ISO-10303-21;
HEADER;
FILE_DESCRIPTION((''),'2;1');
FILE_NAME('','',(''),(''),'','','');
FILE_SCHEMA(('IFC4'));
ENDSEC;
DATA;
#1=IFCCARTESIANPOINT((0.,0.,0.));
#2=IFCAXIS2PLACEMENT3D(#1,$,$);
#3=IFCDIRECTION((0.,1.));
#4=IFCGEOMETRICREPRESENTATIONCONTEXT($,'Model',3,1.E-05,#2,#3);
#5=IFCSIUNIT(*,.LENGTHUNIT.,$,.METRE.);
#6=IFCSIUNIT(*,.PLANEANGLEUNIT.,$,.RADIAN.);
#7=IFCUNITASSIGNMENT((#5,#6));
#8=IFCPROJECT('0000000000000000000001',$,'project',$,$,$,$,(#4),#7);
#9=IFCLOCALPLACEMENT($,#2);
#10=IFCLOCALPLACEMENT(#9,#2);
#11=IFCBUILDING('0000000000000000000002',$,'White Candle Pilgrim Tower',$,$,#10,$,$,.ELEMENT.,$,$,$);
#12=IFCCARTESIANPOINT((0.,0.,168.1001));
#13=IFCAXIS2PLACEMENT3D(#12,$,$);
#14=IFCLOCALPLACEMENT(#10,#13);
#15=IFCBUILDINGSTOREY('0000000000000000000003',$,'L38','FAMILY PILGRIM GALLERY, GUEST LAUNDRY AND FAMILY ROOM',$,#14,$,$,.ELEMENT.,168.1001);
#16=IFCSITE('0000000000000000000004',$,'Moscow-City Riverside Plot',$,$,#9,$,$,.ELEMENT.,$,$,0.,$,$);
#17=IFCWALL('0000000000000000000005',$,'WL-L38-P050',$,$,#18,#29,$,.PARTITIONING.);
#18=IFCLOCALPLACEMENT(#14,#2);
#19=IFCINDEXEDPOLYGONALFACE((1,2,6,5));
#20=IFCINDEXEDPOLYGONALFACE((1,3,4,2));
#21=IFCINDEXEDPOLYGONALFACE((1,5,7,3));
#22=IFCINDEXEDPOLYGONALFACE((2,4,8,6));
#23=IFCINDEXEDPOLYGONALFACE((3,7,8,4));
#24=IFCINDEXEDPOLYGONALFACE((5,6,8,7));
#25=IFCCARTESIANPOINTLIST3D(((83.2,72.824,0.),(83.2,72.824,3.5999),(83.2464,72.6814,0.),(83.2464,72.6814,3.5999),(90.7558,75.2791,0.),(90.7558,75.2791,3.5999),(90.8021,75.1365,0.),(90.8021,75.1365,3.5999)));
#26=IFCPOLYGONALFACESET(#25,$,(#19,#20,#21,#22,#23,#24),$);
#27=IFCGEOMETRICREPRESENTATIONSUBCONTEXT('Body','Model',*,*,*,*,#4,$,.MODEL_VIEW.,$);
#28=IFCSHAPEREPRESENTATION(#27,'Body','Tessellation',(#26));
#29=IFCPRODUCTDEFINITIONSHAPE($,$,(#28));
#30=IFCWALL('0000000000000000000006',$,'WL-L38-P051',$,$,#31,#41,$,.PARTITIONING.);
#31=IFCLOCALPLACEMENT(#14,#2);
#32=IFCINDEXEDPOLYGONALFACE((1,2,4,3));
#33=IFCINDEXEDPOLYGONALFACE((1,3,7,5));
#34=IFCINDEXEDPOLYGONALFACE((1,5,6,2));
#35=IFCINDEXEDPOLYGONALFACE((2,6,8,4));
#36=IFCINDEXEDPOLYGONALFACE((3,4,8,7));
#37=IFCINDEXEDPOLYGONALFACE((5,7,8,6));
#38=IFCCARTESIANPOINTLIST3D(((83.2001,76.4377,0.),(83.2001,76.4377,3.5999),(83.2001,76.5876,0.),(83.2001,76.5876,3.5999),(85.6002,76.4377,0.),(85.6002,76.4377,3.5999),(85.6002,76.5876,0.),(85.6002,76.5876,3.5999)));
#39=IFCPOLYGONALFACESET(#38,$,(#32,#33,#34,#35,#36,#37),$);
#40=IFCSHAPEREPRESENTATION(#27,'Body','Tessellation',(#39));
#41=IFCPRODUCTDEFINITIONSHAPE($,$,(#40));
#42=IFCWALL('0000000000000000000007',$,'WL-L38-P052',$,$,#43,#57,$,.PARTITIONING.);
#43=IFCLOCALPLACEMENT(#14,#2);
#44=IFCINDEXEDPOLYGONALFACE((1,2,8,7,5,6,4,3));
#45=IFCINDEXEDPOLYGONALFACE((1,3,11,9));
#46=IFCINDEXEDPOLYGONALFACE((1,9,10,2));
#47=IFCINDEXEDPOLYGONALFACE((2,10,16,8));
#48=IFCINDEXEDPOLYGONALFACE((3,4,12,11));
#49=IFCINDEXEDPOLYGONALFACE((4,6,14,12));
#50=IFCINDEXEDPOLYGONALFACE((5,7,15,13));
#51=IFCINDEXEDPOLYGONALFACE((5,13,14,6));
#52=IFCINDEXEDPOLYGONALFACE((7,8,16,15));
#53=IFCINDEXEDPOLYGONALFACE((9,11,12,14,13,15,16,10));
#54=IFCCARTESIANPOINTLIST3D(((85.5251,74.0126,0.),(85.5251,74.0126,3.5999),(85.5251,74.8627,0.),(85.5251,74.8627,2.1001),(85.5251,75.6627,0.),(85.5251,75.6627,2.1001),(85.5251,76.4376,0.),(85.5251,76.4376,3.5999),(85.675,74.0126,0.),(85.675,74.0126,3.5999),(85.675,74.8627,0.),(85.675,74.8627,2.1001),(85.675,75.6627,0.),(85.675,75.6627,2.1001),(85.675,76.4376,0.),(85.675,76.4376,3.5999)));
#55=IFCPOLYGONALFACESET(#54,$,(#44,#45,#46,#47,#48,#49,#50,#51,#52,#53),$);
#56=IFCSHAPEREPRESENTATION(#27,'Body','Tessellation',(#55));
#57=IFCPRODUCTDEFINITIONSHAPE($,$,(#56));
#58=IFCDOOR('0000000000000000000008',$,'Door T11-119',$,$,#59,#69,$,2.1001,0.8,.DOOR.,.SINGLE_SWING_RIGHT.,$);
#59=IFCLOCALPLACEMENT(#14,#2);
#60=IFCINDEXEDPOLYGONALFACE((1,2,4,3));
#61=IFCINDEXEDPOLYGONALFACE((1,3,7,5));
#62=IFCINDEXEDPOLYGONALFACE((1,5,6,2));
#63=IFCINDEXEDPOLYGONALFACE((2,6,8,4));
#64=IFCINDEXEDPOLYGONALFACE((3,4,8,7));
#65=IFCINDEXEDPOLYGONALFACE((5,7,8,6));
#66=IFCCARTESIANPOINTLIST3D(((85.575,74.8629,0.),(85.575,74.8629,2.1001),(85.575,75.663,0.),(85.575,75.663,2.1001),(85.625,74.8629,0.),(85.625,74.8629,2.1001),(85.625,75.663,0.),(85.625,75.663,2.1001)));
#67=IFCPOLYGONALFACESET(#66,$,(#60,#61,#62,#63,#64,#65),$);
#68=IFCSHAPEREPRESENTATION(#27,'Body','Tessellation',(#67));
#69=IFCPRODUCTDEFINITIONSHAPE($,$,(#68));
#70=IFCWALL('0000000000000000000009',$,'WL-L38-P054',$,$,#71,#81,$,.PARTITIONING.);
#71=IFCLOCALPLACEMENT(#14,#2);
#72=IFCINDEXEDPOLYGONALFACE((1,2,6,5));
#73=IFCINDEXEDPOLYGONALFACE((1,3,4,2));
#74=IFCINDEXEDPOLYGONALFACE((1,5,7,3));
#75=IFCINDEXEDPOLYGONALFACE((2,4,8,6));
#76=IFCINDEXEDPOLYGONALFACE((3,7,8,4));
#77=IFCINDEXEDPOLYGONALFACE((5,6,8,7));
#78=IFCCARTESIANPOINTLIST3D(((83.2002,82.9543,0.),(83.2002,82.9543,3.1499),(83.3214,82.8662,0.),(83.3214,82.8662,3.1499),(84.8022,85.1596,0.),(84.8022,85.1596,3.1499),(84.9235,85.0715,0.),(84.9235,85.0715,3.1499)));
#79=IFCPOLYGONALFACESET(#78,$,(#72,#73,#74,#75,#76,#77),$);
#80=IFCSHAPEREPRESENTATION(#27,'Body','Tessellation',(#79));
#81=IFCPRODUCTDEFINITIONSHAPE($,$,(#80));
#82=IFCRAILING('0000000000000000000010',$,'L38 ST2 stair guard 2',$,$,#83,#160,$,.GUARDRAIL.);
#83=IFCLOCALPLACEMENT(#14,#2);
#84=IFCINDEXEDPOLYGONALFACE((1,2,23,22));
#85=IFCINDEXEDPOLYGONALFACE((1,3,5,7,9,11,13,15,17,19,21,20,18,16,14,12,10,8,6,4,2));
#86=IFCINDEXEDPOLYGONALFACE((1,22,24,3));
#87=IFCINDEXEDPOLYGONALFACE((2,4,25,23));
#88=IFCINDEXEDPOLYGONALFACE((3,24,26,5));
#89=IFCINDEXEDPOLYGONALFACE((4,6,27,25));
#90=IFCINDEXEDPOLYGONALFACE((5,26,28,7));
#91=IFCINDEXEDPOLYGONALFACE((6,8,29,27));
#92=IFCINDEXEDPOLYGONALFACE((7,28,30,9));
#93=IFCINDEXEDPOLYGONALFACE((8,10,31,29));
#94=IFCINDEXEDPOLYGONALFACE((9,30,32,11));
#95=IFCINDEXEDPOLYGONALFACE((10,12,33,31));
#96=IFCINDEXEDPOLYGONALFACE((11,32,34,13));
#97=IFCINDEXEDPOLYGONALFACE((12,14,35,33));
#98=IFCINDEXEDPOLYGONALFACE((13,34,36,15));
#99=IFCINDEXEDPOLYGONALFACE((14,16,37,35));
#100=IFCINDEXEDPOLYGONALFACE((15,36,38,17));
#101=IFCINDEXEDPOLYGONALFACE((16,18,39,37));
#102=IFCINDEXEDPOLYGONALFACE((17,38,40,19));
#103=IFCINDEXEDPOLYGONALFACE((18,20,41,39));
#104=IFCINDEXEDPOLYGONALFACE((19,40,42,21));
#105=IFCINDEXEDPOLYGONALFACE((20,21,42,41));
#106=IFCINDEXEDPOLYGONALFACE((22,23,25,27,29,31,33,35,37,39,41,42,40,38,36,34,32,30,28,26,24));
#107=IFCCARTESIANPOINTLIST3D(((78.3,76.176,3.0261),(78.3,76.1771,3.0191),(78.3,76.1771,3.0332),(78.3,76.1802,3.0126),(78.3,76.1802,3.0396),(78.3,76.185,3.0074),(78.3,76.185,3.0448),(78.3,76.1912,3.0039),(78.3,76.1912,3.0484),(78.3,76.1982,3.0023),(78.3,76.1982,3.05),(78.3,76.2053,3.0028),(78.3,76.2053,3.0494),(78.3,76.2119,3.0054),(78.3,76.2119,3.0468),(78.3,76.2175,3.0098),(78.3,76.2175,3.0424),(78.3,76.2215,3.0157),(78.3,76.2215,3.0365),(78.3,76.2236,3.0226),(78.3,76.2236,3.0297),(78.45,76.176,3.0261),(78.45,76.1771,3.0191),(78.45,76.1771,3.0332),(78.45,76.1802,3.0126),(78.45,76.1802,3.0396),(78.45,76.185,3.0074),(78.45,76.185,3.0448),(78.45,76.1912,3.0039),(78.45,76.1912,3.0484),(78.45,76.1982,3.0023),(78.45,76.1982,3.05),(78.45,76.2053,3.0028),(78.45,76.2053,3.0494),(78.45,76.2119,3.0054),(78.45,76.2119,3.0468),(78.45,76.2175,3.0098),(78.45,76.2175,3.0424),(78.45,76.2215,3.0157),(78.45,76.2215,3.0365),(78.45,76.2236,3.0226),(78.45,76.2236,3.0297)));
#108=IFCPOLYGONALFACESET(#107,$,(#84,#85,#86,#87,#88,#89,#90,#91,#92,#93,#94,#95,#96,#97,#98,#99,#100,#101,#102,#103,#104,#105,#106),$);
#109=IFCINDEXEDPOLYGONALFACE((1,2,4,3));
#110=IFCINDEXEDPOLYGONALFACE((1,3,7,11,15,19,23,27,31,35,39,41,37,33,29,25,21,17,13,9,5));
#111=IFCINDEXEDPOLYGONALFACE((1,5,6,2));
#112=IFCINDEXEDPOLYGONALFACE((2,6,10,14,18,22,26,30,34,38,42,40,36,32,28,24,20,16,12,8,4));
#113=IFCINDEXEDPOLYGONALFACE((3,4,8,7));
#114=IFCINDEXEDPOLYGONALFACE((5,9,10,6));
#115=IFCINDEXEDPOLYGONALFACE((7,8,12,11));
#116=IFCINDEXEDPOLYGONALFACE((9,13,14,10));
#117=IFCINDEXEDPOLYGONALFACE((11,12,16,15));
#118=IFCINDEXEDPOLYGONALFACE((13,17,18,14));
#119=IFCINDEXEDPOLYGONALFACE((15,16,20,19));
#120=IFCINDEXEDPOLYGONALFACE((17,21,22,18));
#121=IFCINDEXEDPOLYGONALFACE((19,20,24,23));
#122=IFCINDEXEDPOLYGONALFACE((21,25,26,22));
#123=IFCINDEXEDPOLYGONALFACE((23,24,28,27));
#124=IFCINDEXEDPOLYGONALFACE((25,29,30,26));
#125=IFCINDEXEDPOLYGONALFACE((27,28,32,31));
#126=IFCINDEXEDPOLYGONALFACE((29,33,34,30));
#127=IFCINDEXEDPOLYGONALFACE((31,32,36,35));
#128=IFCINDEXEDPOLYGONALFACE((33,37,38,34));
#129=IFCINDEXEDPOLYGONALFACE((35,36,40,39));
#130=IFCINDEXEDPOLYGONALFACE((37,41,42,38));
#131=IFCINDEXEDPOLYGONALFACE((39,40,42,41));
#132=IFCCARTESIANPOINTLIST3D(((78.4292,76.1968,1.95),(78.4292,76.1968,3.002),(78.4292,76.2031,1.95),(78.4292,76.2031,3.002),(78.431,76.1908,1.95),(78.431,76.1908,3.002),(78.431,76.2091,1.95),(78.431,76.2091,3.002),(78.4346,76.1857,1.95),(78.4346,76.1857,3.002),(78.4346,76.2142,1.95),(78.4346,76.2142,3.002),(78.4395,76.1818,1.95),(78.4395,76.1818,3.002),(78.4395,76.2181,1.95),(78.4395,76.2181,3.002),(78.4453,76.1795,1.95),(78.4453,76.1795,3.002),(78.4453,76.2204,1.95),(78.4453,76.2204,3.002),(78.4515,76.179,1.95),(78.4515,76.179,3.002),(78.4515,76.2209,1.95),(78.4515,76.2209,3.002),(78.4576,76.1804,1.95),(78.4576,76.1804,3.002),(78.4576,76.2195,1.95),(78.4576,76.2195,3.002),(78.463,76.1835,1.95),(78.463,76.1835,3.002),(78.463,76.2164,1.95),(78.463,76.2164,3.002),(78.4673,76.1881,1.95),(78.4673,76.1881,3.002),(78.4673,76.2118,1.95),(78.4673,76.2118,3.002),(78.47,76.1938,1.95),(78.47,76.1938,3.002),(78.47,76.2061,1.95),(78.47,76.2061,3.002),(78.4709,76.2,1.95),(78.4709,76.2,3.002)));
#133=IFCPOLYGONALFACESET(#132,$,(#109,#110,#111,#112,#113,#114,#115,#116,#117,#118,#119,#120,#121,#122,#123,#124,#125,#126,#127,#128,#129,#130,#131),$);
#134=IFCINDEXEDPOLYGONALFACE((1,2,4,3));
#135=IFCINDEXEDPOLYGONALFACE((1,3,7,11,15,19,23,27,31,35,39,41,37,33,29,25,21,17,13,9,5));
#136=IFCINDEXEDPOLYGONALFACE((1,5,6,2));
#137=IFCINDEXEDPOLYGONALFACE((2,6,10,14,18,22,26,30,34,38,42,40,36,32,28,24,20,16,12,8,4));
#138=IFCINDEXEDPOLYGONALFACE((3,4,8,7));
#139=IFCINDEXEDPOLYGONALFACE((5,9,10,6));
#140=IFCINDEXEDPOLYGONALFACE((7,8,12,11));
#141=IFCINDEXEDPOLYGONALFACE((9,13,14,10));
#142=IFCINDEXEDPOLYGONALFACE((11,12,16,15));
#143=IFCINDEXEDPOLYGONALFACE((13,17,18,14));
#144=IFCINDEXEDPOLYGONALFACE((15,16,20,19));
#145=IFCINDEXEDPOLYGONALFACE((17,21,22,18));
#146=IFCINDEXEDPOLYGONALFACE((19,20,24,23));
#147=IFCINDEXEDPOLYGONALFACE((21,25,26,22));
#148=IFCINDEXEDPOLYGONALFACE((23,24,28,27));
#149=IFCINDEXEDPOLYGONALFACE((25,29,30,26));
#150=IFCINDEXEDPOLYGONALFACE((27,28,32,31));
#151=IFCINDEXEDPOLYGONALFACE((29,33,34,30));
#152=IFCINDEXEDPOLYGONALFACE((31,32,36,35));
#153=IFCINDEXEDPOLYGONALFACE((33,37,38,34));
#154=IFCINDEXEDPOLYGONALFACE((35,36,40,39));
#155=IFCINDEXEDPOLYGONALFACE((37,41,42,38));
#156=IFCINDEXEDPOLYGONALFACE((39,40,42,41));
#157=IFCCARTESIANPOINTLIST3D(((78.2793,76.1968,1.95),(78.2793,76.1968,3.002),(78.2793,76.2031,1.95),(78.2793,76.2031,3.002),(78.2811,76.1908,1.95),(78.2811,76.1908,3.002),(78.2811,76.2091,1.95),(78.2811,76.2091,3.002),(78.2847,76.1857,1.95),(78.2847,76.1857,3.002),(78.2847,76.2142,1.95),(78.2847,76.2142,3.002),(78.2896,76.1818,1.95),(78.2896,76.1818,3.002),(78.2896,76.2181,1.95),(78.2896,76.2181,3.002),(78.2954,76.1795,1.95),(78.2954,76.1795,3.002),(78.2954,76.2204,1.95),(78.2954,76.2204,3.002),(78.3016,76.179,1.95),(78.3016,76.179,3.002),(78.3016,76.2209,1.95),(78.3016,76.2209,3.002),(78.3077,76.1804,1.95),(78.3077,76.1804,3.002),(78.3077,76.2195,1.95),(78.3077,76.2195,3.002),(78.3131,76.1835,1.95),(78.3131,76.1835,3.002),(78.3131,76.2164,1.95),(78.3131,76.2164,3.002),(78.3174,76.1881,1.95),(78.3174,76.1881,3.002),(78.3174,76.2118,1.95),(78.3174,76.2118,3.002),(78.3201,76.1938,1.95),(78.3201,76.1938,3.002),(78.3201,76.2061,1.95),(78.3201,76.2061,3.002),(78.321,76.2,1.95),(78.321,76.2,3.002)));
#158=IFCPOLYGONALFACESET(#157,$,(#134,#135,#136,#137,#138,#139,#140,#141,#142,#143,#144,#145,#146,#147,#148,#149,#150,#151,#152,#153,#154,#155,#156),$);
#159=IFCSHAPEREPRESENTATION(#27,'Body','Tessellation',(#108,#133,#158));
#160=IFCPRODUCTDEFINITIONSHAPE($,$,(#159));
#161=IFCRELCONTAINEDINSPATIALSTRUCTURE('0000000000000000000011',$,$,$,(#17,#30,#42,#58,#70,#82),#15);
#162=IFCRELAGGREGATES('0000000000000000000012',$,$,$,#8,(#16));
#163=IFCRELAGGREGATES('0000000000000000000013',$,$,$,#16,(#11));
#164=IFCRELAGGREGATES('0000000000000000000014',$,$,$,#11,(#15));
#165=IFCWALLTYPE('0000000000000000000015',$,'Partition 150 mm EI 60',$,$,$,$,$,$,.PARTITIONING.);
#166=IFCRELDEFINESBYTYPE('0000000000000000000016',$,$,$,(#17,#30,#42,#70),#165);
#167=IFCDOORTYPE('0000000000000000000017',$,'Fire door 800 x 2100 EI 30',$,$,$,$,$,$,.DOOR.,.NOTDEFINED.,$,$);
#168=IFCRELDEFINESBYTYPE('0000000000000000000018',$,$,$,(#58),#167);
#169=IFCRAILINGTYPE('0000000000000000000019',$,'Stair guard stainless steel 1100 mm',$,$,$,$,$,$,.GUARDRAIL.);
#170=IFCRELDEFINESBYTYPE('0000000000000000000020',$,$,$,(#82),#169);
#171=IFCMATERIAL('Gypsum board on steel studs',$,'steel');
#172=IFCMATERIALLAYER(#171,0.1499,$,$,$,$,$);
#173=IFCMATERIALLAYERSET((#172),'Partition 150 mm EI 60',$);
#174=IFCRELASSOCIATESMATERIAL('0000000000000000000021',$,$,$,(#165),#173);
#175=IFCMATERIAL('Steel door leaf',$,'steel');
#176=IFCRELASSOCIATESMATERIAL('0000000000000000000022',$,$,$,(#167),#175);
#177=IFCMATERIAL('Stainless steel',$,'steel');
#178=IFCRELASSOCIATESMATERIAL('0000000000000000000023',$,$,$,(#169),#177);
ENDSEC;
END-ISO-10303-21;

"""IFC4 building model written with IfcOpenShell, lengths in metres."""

from ifc_helpers import new_model, si_unit, direction, frame, frame_2d, origin, origin_2d, place, context, subcontext, project, spatial, rectangle, circle, extrude, material, layer, layer_set, type_object, element, fill, save


model = new_model("IFC4")

# Units and contexts
model_context = context("Model", 3, precision=1e-05, world=origin(), true_north=direction((0.0, 1.0)))
body_context = subcontext(model_context, "Body", "Model", "MODEL_VIEW")
ifc_project = project(units=[si_unit("LENGTHUNIT", "METRE"), si_unit("PLANEANGLEUNIT", "RADIAN")], contexts=[model_context])

# Site, building, storey
site_placement = place(None, origin())
site = spatial("IfcSite", under=ifc_project, at=site_placement, Name="Moscow-City Riverside Plot", CompositionType="ELEMENT", RefElevation=0.0)
building_placement = place(site_placement, origin())
building = spatial("IfcBuilding", under=site, at=building_placement, Name="White Candle Pilgrim Tower", CompositionType="ELEMENT")
storey_placement = place(building_placement, frame((0.0, 0.0, 168.1001)))
storey = spatial("IfcBuildingStorey", under=building, at=storey_placement, Name="L38", Description="FAMILY PILGRIM GALLERY, GUEST LAUNDRY AND FAMILY ROOM", CompositionType="ELEMENT", Elevation=168.1001)

# Shared definitions
ifc_material_1 = material(Name="Steel door leaf", Category="steel")

# Shared definitions
ifc_material_2 = material(Name="Gypsum board on steel studs", Category="steel")

# Walls
ifc_layer_1 = layer(ifc_material_2, 0.1499)
ifc_layer_set_1 = layer_set([ifc_layer_1], Name="Partition 150 mm EI 60")
wall_type_1 = type_object("IfcWallType", Name="Partition 150 mm EI 60", PredefinedType="PARTITIONING", material=ifc_layer_set_1)
wall_1_placement = place(storey_placement, frame((90.7788, 75.2078, 0.0), z_axis=(0.0, 0.0, 1.0), x_axis=(-0.951053, -0.309028, 0.0)))
element("IfcWall", 1, at=wall_1_placement, inside=storey, type_object=wall_type_1, Name="WL-L38-P050", PredefinedType="PARTITIONING", context=body_context, shape_type="SweptSolid", body=[
    extrude(rectangle(XDim=7.9446, YDim=0.1499, at=frame_2d((3.9722, 0.0))), origin(), (0.0, 0.0, 1.0), 3.5999),
])
wall_2_placement = place(storey_placement, frame((83.2, 76.5127, 0.0), z_axis=(0.0, 0.0, 1.0), x_axis=(1.0, 0.0, 0.0)))
element("IfcWall", 2, at=wall_2_placement, inside=storey, type_object=wall_type_1, Name="WL-L38-P051", PredefinedType="PARTITIONING", context=body_context, shape_type="SweptSolid", body=[
    extrude(rectangle(XDim=2.4001, YDim=0.1499, at=frame_2d((1.2002, 0.0))), origin(), (0.0, 0.0, 1.0), 3.5999),
])

# Wall, opening, door
wall_3_placement = place(storey_placement, frame((85.6001, 74.0127, 0.0), z_axis=(0.0, 0.0, 1.0), x_axis=(0.0, 1.0, 0.0)))
wall_3 = element("IfcWall", 3, at=wall_3_placement, inside=storey, type_object=wall_type_1, Name="WL-L38-P052", PredefinedType="PARTITIONING", context=body_context, shape_type="SweptSolid", body=[
    extrude(rectangle(XDim=2.425, YDim=0.1499, at=frame_2d((1.2124, 0.0))), origin(), (0.0, 0.0, 1.0), 3.5999),
])
opening_1_placement = place(wall_3_placement, frame((0.8501, 0.0, 0.0)))
opening_1 = element("IfcOpeningElement", 4, at=opening_1_placement, cuts=wall_3, PredefinedType="OPENING", context=body_context, shape_type="SweptSolid", body=[
    extrude(rectangle(XDim=0.8, YDim=2.1001, at=frame_2d((0.3999, 1.05))), frame((0.0, 0.085, 0.0), z_axis=(0.0, -1.0, 0.0), x_axis=(1.0, 0.0, 0.0)), (0.0, 0.0, 1.0), 0.1699),
])
door_type_1 = type_object("IfcDoorType", Name="Fire door 800 x 2100 EI 30", OperationType="NOTDEFINED", PredefinedType="DOOR", material=ifc_material_1)
door_1_placement = place(opening_1_placement, frame((0.8, 0.0, 0.0), z_axis=(0.0, 0.0, 1.0), x_axis=(-1.0, 0.0, 0.0)))
door_1 = element("IfcDoor", 5, at=door_1_placement, inside=storey, type_object=door_type_1, Name="Door T11-119", OperationType="SINGLE_SWING_RIGHT", OverallHeight=2.1001, OverallWidth=0.8, PredefinedType="DOOR", context=body_context, shape_type="SweptSolid", body=[
    extrude(rectangle(XDim=0.8, YDim=2.1001, at=frame_2d((0.3999, 1.05))), frame((0.0, 0.0249, 0.0), z_axis=(0.0, -1.0, 0.0), x_axis=(1.0, 0.0, 0.0)), (0.0, 0.0, 1.0), 0.05),
])
fill(opening_1, door_1)

# Wall
wall_4_placement = place(storey_placement, frame((84.8628, 85.1155, 0.0), z_axis=(0.0, 0.0, 1.0), x_axis=(-0.587735, -0.809054, 0.0)))
element("IfcWall", 6, at=wall_4_placement, inside=storey, type_object=wall_type_1, Name="WL-L38-P054", PredefinedType="PARTITIONING", context=body_context, shape_type="SweptSolid", body=[
    extrude(rectangle(XDim=2.7258, YDim=0.1499, at=frame_2d((1.3628, 0.0))), origin(), (0.0, 0.0, 1.0), 3.1499),
])

# Railing
ifc_material_3 = material(Name="Stainless steel", Category="steel")
railing_type = type_object("IfcRailingType", Name="Stair guard stainless steel 1100 mm", PredefinedType="GUARDRAIL", material=ifc_material_3)
railing_1_placement = place(storey_placement, frame((78.45, 76.2, 1.95)))
element("IfcRailing", 7, at=railing_1_placement, inside=storey, type_object=railing_type, Name="L38 ST2 stair guard 2", PredefinedType="GUARDRAIL", context=body_context, shape_type="SweptSolid", body=[
    extrude(circle(Radius=0.0239, at=origin_2d()), frame((0.0, 0.0, 1.0762), z_axis=(-1.0, 0.0, 0.0), x_axis=(0.0, -1.0, 0.0)), (0.0, 0.0, 1.0), 0.1499),
    extrude(circle(Radius=0.021, at=origin_2d()), origin(), (0.0, 0.0, 1.0), 1.052),
    extrude(circle(Radius=0.021, at=origin_2d()), frame((-0.1499, 0.0, 0.0)), (0.0, 0.0, 1.0), 1.052),
])

save(model, "model.ifc")
